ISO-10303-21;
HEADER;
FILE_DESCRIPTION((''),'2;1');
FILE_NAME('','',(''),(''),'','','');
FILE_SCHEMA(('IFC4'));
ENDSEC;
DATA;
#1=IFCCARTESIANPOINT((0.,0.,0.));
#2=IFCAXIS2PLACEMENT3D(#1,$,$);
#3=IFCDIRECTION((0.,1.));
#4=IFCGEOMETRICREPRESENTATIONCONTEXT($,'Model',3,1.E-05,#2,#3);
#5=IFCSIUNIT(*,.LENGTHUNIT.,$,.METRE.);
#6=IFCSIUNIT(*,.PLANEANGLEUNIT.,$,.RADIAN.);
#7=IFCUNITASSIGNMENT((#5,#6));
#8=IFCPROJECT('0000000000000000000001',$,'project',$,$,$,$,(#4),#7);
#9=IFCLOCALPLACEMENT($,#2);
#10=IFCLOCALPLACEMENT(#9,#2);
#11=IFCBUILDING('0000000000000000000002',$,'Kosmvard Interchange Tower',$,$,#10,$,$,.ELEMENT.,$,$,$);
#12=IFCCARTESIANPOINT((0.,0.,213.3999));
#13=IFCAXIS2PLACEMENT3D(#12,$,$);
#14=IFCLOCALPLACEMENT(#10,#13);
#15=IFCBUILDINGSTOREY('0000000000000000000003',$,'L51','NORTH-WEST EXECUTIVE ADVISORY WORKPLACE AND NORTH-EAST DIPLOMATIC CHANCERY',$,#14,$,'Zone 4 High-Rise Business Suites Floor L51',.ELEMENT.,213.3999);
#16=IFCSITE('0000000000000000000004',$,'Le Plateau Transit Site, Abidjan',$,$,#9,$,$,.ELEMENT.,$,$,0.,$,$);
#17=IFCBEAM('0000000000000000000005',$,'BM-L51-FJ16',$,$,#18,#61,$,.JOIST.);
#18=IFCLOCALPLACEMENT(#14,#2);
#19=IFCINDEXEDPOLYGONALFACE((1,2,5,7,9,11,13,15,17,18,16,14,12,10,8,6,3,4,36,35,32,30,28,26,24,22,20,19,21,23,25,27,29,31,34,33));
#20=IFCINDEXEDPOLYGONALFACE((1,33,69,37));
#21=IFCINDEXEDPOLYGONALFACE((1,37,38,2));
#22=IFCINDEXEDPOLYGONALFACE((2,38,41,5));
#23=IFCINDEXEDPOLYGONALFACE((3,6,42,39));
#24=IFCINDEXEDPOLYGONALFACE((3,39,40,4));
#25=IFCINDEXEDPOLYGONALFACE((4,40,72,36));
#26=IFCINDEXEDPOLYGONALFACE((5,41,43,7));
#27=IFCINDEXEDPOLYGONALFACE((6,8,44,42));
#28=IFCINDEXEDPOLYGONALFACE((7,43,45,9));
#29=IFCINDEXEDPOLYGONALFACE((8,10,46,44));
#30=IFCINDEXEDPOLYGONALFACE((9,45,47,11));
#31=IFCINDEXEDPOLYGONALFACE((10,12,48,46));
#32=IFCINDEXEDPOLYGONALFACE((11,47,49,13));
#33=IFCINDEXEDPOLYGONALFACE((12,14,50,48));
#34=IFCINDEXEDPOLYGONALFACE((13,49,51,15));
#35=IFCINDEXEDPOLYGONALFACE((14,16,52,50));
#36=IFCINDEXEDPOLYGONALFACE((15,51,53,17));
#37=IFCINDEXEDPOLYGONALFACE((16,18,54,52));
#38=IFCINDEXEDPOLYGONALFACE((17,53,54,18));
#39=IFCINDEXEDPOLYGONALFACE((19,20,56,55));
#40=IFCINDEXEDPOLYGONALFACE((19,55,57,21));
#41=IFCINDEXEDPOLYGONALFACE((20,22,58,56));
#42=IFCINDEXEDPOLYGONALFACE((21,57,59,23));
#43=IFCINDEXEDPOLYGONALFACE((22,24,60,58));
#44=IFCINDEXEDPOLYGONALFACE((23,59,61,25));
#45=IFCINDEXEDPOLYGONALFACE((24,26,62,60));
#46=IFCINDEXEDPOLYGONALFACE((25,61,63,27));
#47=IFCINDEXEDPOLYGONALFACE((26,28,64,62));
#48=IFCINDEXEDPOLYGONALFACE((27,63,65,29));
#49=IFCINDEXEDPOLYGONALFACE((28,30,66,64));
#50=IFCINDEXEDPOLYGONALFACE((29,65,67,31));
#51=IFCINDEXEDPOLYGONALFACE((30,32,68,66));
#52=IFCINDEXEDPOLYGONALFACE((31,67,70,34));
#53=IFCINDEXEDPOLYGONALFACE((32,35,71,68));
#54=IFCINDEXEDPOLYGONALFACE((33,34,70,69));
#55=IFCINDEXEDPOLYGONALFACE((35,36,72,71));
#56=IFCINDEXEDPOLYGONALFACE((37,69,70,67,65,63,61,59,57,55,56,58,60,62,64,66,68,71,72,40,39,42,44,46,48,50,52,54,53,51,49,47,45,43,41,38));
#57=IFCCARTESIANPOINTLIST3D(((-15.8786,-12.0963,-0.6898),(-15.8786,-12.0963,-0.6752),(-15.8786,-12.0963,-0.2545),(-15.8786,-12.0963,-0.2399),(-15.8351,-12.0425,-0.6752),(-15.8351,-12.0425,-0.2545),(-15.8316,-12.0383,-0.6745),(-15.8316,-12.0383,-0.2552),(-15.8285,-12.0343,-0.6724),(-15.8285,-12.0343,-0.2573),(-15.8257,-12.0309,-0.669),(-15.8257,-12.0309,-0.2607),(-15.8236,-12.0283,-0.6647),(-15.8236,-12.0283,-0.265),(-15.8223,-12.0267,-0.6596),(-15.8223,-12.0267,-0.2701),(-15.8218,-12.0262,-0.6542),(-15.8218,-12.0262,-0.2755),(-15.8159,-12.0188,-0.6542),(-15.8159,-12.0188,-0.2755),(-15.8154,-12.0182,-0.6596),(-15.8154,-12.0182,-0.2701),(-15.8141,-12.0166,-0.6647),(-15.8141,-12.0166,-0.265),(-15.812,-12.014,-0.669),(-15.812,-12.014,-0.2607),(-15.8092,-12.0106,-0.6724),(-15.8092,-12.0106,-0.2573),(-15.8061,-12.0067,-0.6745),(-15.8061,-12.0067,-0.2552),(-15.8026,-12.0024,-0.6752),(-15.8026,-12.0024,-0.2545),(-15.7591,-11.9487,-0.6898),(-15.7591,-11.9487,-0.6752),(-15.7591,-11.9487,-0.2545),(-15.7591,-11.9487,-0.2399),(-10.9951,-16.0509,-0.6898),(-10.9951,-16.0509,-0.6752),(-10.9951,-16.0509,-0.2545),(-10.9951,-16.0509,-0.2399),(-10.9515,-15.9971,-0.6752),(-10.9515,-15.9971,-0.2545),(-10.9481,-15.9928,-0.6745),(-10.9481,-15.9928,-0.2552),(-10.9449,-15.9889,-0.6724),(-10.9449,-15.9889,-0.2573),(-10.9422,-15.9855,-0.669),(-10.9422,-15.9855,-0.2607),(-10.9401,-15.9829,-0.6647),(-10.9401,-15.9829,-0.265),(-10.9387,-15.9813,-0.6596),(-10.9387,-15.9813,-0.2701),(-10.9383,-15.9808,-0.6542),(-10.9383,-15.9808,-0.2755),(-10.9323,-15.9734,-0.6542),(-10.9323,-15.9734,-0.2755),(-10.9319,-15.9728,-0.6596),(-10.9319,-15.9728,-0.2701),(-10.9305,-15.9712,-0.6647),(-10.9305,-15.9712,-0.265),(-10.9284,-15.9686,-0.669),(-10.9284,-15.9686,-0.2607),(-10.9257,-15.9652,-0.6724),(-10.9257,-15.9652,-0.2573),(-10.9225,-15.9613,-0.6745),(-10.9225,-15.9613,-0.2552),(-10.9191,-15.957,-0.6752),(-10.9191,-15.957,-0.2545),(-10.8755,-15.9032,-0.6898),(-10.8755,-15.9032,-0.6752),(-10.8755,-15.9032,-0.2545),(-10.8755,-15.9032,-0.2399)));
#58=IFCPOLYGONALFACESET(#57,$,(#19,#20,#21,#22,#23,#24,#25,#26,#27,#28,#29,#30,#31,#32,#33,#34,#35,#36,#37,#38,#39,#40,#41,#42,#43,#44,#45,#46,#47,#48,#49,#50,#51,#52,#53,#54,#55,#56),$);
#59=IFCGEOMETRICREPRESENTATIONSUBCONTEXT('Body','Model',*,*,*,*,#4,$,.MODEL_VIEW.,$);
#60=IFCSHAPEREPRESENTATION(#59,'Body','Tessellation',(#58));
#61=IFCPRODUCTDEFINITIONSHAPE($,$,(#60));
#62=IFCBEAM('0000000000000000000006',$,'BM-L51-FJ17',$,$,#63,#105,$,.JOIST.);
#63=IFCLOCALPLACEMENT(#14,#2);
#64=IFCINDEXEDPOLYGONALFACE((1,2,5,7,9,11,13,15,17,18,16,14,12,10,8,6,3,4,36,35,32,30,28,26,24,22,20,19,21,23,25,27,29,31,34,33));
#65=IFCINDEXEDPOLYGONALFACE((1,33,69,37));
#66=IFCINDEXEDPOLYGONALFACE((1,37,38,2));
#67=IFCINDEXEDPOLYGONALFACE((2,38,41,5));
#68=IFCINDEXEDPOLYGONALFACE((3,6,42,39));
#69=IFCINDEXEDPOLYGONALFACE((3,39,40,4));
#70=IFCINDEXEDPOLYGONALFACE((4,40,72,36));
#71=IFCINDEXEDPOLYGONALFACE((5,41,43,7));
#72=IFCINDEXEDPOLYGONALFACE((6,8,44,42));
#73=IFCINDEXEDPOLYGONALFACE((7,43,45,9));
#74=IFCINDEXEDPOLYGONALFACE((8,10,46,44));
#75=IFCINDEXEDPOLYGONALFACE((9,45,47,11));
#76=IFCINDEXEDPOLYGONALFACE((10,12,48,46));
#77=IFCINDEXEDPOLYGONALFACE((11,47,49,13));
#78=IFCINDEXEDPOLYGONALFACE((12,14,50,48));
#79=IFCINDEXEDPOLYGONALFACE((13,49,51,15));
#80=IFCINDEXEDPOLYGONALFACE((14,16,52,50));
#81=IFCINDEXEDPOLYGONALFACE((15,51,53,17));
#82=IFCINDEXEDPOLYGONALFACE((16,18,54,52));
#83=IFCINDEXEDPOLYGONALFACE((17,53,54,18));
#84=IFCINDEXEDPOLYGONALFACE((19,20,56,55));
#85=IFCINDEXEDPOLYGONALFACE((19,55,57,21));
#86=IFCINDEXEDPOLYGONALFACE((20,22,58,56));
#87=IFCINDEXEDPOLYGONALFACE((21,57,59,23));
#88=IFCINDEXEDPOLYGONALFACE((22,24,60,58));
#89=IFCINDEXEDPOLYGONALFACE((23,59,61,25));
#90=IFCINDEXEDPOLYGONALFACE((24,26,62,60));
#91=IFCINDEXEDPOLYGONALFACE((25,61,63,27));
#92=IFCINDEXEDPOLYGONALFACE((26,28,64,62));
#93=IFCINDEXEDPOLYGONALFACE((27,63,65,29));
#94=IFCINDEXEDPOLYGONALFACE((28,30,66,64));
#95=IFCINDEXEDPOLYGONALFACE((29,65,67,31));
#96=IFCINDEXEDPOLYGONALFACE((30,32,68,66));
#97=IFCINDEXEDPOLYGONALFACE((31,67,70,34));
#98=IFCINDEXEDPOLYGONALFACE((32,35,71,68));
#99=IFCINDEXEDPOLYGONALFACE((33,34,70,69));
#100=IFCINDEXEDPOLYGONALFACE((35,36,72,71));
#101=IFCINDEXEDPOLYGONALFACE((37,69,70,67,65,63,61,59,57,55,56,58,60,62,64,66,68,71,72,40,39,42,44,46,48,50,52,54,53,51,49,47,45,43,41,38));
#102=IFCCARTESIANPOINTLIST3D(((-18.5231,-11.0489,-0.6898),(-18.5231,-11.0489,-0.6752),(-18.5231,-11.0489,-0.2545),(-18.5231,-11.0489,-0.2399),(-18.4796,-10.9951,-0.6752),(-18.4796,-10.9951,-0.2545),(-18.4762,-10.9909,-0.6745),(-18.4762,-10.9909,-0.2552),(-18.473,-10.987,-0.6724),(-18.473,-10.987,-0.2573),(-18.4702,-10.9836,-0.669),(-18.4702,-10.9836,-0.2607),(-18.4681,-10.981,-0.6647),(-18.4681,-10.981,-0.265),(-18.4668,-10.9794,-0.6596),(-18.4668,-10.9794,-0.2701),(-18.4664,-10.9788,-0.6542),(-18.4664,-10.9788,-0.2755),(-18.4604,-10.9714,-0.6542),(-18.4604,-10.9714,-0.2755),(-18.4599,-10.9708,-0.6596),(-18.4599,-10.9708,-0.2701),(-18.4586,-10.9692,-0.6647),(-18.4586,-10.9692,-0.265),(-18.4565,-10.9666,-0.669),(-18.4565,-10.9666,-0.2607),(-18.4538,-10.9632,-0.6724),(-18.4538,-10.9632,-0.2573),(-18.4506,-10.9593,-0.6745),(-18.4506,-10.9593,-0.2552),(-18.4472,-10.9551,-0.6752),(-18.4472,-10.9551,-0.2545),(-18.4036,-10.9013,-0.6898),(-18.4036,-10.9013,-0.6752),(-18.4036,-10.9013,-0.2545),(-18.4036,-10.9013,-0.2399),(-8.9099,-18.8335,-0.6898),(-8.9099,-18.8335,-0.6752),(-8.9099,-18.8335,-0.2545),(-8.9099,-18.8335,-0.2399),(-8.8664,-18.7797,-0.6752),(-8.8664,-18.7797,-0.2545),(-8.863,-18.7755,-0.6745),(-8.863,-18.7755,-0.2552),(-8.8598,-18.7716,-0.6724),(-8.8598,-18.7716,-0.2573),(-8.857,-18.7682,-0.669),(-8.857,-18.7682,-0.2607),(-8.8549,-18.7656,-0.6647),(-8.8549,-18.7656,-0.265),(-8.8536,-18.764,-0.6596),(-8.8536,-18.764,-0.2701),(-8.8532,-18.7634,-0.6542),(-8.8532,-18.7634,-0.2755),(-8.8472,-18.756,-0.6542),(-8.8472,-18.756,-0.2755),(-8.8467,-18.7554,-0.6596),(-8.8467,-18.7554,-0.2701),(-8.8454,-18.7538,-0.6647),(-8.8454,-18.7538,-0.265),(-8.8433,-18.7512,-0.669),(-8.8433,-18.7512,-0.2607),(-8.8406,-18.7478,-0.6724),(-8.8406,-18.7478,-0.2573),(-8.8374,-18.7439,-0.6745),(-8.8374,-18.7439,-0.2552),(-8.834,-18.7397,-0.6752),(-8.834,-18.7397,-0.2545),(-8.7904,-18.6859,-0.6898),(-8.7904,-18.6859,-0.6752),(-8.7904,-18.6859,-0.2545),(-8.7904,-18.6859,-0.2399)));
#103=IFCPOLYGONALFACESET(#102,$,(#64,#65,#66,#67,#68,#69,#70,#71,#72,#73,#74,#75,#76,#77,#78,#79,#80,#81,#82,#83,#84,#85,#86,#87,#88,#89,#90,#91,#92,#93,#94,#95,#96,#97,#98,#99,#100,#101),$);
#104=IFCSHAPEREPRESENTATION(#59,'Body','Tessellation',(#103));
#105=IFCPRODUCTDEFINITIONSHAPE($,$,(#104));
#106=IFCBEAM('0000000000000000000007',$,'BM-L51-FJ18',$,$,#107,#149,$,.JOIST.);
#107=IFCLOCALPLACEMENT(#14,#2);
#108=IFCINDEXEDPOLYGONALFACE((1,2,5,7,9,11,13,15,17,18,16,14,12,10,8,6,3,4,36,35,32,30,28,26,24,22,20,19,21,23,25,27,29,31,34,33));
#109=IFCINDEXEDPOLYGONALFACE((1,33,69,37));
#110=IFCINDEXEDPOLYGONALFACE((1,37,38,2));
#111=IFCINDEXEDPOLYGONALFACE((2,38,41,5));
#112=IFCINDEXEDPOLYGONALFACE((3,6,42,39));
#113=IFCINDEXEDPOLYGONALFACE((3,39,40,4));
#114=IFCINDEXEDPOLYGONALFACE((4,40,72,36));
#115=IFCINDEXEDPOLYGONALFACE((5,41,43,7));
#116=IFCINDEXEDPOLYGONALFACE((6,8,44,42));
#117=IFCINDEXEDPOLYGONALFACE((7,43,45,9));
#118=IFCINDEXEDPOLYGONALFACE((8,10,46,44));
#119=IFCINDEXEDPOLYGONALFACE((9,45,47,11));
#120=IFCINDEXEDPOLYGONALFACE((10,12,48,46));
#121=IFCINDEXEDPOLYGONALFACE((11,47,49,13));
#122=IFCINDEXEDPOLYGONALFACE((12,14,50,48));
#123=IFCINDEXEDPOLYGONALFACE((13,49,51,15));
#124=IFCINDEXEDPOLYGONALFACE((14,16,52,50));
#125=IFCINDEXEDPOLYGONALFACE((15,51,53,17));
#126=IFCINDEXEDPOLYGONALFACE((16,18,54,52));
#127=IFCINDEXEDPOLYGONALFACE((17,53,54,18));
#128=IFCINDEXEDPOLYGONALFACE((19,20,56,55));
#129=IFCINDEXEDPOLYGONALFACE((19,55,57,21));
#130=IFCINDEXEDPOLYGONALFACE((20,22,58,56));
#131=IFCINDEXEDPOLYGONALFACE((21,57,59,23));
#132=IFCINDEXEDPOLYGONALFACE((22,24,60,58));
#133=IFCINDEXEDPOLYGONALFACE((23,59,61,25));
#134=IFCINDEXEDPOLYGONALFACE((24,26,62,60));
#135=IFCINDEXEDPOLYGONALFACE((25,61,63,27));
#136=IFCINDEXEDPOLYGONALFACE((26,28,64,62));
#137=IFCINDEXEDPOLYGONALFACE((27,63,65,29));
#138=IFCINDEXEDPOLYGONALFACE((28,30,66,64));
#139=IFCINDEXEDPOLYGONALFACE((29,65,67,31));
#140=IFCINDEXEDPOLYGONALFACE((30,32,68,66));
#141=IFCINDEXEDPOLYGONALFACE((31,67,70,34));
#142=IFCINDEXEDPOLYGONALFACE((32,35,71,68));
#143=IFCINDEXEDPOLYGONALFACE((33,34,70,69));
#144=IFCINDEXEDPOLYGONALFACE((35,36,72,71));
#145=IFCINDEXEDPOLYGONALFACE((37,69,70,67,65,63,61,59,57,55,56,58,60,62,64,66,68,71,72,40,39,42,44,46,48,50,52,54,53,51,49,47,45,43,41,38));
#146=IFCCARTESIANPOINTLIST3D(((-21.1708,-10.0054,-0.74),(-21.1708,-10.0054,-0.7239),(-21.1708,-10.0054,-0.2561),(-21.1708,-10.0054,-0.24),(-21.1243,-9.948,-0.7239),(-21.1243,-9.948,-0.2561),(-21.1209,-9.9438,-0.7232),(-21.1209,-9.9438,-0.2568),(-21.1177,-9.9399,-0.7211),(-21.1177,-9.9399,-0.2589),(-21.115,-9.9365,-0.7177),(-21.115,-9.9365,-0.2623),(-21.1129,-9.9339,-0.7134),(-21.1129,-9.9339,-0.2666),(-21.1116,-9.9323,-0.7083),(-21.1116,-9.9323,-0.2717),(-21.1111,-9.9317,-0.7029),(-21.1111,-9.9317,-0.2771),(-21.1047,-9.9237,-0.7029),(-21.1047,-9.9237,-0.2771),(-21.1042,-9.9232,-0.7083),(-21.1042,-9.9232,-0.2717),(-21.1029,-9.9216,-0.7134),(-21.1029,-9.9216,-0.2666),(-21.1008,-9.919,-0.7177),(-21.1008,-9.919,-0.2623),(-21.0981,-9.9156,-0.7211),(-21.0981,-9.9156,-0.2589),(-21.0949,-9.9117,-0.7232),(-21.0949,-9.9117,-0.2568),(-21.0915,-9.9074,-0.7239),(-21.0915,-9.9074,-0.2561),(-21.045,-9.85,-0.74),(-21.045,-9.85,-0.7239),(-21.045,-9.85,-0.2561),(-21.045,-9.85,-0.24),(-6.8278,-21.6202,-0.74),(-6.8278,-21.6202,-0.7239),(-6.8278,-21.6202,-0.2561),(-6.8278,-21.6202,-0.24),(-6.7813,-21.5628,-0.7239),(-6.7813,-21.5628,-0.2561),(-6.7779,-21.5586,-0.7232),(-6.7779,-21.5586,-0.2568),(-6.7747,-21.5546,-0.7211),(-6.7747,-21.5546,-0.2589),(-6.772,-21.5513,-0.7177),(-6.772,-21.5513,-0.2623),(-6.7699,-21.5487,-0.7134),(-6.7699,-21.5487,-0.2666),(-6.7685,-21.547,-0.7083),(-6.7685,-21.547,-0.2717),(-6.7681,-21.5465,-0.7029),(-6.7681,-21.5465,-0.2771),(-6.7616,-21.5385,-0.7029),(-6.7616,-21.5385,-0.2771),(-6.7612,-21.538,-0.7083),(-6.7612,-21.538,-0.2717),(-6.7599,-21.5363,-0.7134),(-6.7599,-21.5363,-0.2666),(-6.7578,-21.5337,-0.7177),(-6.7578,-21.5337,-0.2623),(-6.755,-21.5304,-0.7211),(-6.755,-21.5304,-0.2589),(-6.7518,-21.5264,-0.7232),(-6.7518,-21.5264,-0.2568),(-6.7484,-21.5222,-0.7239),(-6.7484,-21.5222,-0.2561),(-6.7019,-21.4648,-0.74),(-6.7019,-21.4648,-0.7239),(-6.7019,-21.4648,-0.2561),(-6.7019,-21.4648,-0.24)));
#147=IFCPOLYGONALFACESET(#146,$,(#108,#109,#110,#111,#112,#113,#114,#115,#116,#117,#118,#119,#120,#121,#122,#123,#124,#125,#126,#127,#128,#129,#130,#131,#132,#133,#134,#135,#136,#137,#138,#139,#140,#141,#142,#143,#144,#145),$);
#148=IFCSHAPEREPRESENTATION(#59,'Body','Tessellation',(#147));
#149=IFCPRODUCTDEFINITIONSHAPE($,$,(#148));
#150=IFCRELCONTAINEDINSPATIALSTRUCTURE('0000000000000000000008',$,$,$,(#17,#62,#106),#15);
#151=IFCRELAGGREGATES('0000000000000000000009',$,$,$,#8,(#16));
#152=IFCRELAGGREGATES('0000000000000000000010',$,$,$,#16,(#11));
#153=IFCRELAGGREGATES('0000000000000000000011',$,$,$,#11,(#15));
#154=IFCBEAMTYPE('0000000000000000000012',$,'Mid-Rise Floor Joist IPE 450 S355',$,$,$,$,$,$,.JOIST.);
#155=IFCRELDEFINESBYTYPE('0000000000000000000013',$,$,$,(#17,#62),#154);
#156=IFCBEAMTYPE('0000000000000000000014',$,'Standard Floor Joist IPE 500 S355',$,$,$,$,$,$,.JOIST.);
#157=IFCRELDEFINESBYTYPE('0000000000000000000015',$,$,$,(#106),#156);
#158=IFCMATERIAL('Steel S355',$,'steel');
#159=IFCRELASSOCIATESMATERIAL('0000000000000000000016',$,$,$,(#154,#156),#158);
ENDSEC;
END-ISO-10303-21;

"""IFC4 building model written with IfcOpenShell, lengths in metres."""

from ifc_helpers import new_model, si_unit, direction, frame, origin, origin_2d, place, context, subcontext, project, spatial, i_section, extrude, source, transform, mapped, material, material_profile, profile_set, type_object, element, save


model = new_model("IFC4")

# Units and contexts
model_context = context("Model", 3, precision=1e-05, world=origin(), true_north=direction((0.0, 1.0)))
body_context = subcontext(model_context, "Body", "Model", "MODEL_VIEW")
ifc_project = project(units=[si_unit("LENGTHUNIT", "METRE"), si_unit("PLANEANGLEUNIT", "RADIAN")], contexts=[model_context])

# Site, building, storey
site_placement = place(None, origin())
site = spatial("IfcSite", under=ifc_project, at=site_placement, Name="Le Plateau Transit Site, Abidjan", CompositionType="ELEMENT", RefElevation=0.0)
building_placement = place(site_placement, origin())
building = spatial("IfcBuilding", under=site, at=building_placement, Name="Kosmvard Interchange Tower", CompositionType="ELEMENT")
storey_placement = place(building_placement, frame((0.0, 0.0, 213.3999)))
storey = spatial("IfcBuildingStorey", under=building, at=storey_placement, Name="L51", Description="NORTH-WEST EXECUTIVE ADVISORY WORKPLACE AND NORTH-EAST DIPLOMATIC CHANCERY", LongName="Zone 4 High-Rise Business Suites Floor L51", CompositionType="ELEMENT", Elevation=213.3999)

# Beams
ifc_material_1 = material(Name="Steel S355", Category="steel")
ifc_material_profile_1 = material_profile(ifc_material_1, i_section(OverallWidth=0.1899, OverallDepth=0.45, WebThickness=0.0095, FlangeThickness=0.0146, FilletRadius=0.021, at=origin_2d()), Name="IPE 450")
ifc_profile_set_1 = profile_set([ifc_material_profile_1], Name="Steel S355")
beam_type_1 = type_object("IfcBeamType", Name="Mid-Rise Floor Joist IPE 450 S355", PredefinedType="JOIST", material=ifc_profile_set_1)
shared_shape_1 = source(origin(), body_context, "Body", "SweptSolid", [
    extrude(i_section(OverallWidth=0.1899, OverallDepth=0.45, WebThickness=0.0095, FlangeThickness=0.0146, FilletRadius=0.021, at=origin_2d()), origin(), (0.0, 0.0, 1.0), 6.2839),
])
beam_1_placement = place(storey_placement, frame((-15.8188, -12.0225, -0.4648), z_axis=(0.777148, -0.629318, 0.0), x_axis=(0.629318, 0.777148, 0.0)))
element("IfcBeam", 1, at=beam_1_placement, inside=storey, type_object=beam_type_1, Name="BM-L51-FJ16", PredefinedType="JOIST", context=body_context, shape_type="MappedRepresentation", body=[
    mapped(shared_shape_1, transform((0.0, 0.0, 0.0), scale=1.0)),
])
shared_shape_2 = source(origin(), body_context, "Body", "SweptSolid", [
    extrude(i_section(OverallWidth=0.1899, OverallDepth=0.45, WebThickness=0.0095, FlangeThickness=0.0146, FilletRadius=0.021, at=origin_2d()), origin(), (0.0, 0.0, 1.0), 12.3699),
])
beam_2_placement = place(storey_placement, frame((-18.4634, -10.9751, -0.4648), z_axis=(0.777147, -0.62932, 0.0), x_axis=(0.62932, 0.777147, 0.0)))
element("IfcBeam", 2, at=beam_2_placement, inside=storey, type_object=beam_type_1, Name="BM-L51-FJ17", PredefinedType="JOIST", context=body_context, shape_type="MappedRepresentation", body=[
    mapped(shared_shape_2, transform((0.0, 0.0, 0.0), scale=1.0)),
])
ifc_material_profile_2 = material_profile(ifc_material_1, i_section(OverallWidth=0.2, OverallDepth=0.5, WebThickness=0.0103, FlangeThickness=0.0161, FilletRadius=0.021, at=origin_2d()), Name="IPE 500")
ifc_profile_set_2 = profile_set([ifc_material_profile_2], Name="Steel S355")
beam_type_2 = type_object("IfcBeamType", Name="Standard Floor Joist IPE 500 S355", PredefinedType="JOIST", material=ifc_profile_set_2)
shared_shape_3 = source(origin(), body_context, "Body", "SweptSolid", [
    extrude(i_section(OverallWidth=0.2, OverallDepth=0.5, WebThickness=0.0103, FlangeThickness=0.0161, FilletRadius=0.021, at=origin_2d()), origin(), (0.0, 0.0, 1.0), 18.4561),
])
beam_3_placement = place(storey_placement, frame((-21.1079, -9.9277, -0.49), z_axis=(0.777146, -0.62932, 0.0), x_axis=(0.62932, 0.777146, 0.0)))
element("IfcBeam", 3, at=beam_3_placement, inside=storey, type_object=beam_type_2, Name="BM-L51-FJ18", PredefinedType="JOIST", context=body_context, shape_type="MappedRepresentation", body=[
    mapped(shared_shape_3, transform((0.0, 0.0, 0.0), scale=1.0)),
])

save(model, "model.ifc")
